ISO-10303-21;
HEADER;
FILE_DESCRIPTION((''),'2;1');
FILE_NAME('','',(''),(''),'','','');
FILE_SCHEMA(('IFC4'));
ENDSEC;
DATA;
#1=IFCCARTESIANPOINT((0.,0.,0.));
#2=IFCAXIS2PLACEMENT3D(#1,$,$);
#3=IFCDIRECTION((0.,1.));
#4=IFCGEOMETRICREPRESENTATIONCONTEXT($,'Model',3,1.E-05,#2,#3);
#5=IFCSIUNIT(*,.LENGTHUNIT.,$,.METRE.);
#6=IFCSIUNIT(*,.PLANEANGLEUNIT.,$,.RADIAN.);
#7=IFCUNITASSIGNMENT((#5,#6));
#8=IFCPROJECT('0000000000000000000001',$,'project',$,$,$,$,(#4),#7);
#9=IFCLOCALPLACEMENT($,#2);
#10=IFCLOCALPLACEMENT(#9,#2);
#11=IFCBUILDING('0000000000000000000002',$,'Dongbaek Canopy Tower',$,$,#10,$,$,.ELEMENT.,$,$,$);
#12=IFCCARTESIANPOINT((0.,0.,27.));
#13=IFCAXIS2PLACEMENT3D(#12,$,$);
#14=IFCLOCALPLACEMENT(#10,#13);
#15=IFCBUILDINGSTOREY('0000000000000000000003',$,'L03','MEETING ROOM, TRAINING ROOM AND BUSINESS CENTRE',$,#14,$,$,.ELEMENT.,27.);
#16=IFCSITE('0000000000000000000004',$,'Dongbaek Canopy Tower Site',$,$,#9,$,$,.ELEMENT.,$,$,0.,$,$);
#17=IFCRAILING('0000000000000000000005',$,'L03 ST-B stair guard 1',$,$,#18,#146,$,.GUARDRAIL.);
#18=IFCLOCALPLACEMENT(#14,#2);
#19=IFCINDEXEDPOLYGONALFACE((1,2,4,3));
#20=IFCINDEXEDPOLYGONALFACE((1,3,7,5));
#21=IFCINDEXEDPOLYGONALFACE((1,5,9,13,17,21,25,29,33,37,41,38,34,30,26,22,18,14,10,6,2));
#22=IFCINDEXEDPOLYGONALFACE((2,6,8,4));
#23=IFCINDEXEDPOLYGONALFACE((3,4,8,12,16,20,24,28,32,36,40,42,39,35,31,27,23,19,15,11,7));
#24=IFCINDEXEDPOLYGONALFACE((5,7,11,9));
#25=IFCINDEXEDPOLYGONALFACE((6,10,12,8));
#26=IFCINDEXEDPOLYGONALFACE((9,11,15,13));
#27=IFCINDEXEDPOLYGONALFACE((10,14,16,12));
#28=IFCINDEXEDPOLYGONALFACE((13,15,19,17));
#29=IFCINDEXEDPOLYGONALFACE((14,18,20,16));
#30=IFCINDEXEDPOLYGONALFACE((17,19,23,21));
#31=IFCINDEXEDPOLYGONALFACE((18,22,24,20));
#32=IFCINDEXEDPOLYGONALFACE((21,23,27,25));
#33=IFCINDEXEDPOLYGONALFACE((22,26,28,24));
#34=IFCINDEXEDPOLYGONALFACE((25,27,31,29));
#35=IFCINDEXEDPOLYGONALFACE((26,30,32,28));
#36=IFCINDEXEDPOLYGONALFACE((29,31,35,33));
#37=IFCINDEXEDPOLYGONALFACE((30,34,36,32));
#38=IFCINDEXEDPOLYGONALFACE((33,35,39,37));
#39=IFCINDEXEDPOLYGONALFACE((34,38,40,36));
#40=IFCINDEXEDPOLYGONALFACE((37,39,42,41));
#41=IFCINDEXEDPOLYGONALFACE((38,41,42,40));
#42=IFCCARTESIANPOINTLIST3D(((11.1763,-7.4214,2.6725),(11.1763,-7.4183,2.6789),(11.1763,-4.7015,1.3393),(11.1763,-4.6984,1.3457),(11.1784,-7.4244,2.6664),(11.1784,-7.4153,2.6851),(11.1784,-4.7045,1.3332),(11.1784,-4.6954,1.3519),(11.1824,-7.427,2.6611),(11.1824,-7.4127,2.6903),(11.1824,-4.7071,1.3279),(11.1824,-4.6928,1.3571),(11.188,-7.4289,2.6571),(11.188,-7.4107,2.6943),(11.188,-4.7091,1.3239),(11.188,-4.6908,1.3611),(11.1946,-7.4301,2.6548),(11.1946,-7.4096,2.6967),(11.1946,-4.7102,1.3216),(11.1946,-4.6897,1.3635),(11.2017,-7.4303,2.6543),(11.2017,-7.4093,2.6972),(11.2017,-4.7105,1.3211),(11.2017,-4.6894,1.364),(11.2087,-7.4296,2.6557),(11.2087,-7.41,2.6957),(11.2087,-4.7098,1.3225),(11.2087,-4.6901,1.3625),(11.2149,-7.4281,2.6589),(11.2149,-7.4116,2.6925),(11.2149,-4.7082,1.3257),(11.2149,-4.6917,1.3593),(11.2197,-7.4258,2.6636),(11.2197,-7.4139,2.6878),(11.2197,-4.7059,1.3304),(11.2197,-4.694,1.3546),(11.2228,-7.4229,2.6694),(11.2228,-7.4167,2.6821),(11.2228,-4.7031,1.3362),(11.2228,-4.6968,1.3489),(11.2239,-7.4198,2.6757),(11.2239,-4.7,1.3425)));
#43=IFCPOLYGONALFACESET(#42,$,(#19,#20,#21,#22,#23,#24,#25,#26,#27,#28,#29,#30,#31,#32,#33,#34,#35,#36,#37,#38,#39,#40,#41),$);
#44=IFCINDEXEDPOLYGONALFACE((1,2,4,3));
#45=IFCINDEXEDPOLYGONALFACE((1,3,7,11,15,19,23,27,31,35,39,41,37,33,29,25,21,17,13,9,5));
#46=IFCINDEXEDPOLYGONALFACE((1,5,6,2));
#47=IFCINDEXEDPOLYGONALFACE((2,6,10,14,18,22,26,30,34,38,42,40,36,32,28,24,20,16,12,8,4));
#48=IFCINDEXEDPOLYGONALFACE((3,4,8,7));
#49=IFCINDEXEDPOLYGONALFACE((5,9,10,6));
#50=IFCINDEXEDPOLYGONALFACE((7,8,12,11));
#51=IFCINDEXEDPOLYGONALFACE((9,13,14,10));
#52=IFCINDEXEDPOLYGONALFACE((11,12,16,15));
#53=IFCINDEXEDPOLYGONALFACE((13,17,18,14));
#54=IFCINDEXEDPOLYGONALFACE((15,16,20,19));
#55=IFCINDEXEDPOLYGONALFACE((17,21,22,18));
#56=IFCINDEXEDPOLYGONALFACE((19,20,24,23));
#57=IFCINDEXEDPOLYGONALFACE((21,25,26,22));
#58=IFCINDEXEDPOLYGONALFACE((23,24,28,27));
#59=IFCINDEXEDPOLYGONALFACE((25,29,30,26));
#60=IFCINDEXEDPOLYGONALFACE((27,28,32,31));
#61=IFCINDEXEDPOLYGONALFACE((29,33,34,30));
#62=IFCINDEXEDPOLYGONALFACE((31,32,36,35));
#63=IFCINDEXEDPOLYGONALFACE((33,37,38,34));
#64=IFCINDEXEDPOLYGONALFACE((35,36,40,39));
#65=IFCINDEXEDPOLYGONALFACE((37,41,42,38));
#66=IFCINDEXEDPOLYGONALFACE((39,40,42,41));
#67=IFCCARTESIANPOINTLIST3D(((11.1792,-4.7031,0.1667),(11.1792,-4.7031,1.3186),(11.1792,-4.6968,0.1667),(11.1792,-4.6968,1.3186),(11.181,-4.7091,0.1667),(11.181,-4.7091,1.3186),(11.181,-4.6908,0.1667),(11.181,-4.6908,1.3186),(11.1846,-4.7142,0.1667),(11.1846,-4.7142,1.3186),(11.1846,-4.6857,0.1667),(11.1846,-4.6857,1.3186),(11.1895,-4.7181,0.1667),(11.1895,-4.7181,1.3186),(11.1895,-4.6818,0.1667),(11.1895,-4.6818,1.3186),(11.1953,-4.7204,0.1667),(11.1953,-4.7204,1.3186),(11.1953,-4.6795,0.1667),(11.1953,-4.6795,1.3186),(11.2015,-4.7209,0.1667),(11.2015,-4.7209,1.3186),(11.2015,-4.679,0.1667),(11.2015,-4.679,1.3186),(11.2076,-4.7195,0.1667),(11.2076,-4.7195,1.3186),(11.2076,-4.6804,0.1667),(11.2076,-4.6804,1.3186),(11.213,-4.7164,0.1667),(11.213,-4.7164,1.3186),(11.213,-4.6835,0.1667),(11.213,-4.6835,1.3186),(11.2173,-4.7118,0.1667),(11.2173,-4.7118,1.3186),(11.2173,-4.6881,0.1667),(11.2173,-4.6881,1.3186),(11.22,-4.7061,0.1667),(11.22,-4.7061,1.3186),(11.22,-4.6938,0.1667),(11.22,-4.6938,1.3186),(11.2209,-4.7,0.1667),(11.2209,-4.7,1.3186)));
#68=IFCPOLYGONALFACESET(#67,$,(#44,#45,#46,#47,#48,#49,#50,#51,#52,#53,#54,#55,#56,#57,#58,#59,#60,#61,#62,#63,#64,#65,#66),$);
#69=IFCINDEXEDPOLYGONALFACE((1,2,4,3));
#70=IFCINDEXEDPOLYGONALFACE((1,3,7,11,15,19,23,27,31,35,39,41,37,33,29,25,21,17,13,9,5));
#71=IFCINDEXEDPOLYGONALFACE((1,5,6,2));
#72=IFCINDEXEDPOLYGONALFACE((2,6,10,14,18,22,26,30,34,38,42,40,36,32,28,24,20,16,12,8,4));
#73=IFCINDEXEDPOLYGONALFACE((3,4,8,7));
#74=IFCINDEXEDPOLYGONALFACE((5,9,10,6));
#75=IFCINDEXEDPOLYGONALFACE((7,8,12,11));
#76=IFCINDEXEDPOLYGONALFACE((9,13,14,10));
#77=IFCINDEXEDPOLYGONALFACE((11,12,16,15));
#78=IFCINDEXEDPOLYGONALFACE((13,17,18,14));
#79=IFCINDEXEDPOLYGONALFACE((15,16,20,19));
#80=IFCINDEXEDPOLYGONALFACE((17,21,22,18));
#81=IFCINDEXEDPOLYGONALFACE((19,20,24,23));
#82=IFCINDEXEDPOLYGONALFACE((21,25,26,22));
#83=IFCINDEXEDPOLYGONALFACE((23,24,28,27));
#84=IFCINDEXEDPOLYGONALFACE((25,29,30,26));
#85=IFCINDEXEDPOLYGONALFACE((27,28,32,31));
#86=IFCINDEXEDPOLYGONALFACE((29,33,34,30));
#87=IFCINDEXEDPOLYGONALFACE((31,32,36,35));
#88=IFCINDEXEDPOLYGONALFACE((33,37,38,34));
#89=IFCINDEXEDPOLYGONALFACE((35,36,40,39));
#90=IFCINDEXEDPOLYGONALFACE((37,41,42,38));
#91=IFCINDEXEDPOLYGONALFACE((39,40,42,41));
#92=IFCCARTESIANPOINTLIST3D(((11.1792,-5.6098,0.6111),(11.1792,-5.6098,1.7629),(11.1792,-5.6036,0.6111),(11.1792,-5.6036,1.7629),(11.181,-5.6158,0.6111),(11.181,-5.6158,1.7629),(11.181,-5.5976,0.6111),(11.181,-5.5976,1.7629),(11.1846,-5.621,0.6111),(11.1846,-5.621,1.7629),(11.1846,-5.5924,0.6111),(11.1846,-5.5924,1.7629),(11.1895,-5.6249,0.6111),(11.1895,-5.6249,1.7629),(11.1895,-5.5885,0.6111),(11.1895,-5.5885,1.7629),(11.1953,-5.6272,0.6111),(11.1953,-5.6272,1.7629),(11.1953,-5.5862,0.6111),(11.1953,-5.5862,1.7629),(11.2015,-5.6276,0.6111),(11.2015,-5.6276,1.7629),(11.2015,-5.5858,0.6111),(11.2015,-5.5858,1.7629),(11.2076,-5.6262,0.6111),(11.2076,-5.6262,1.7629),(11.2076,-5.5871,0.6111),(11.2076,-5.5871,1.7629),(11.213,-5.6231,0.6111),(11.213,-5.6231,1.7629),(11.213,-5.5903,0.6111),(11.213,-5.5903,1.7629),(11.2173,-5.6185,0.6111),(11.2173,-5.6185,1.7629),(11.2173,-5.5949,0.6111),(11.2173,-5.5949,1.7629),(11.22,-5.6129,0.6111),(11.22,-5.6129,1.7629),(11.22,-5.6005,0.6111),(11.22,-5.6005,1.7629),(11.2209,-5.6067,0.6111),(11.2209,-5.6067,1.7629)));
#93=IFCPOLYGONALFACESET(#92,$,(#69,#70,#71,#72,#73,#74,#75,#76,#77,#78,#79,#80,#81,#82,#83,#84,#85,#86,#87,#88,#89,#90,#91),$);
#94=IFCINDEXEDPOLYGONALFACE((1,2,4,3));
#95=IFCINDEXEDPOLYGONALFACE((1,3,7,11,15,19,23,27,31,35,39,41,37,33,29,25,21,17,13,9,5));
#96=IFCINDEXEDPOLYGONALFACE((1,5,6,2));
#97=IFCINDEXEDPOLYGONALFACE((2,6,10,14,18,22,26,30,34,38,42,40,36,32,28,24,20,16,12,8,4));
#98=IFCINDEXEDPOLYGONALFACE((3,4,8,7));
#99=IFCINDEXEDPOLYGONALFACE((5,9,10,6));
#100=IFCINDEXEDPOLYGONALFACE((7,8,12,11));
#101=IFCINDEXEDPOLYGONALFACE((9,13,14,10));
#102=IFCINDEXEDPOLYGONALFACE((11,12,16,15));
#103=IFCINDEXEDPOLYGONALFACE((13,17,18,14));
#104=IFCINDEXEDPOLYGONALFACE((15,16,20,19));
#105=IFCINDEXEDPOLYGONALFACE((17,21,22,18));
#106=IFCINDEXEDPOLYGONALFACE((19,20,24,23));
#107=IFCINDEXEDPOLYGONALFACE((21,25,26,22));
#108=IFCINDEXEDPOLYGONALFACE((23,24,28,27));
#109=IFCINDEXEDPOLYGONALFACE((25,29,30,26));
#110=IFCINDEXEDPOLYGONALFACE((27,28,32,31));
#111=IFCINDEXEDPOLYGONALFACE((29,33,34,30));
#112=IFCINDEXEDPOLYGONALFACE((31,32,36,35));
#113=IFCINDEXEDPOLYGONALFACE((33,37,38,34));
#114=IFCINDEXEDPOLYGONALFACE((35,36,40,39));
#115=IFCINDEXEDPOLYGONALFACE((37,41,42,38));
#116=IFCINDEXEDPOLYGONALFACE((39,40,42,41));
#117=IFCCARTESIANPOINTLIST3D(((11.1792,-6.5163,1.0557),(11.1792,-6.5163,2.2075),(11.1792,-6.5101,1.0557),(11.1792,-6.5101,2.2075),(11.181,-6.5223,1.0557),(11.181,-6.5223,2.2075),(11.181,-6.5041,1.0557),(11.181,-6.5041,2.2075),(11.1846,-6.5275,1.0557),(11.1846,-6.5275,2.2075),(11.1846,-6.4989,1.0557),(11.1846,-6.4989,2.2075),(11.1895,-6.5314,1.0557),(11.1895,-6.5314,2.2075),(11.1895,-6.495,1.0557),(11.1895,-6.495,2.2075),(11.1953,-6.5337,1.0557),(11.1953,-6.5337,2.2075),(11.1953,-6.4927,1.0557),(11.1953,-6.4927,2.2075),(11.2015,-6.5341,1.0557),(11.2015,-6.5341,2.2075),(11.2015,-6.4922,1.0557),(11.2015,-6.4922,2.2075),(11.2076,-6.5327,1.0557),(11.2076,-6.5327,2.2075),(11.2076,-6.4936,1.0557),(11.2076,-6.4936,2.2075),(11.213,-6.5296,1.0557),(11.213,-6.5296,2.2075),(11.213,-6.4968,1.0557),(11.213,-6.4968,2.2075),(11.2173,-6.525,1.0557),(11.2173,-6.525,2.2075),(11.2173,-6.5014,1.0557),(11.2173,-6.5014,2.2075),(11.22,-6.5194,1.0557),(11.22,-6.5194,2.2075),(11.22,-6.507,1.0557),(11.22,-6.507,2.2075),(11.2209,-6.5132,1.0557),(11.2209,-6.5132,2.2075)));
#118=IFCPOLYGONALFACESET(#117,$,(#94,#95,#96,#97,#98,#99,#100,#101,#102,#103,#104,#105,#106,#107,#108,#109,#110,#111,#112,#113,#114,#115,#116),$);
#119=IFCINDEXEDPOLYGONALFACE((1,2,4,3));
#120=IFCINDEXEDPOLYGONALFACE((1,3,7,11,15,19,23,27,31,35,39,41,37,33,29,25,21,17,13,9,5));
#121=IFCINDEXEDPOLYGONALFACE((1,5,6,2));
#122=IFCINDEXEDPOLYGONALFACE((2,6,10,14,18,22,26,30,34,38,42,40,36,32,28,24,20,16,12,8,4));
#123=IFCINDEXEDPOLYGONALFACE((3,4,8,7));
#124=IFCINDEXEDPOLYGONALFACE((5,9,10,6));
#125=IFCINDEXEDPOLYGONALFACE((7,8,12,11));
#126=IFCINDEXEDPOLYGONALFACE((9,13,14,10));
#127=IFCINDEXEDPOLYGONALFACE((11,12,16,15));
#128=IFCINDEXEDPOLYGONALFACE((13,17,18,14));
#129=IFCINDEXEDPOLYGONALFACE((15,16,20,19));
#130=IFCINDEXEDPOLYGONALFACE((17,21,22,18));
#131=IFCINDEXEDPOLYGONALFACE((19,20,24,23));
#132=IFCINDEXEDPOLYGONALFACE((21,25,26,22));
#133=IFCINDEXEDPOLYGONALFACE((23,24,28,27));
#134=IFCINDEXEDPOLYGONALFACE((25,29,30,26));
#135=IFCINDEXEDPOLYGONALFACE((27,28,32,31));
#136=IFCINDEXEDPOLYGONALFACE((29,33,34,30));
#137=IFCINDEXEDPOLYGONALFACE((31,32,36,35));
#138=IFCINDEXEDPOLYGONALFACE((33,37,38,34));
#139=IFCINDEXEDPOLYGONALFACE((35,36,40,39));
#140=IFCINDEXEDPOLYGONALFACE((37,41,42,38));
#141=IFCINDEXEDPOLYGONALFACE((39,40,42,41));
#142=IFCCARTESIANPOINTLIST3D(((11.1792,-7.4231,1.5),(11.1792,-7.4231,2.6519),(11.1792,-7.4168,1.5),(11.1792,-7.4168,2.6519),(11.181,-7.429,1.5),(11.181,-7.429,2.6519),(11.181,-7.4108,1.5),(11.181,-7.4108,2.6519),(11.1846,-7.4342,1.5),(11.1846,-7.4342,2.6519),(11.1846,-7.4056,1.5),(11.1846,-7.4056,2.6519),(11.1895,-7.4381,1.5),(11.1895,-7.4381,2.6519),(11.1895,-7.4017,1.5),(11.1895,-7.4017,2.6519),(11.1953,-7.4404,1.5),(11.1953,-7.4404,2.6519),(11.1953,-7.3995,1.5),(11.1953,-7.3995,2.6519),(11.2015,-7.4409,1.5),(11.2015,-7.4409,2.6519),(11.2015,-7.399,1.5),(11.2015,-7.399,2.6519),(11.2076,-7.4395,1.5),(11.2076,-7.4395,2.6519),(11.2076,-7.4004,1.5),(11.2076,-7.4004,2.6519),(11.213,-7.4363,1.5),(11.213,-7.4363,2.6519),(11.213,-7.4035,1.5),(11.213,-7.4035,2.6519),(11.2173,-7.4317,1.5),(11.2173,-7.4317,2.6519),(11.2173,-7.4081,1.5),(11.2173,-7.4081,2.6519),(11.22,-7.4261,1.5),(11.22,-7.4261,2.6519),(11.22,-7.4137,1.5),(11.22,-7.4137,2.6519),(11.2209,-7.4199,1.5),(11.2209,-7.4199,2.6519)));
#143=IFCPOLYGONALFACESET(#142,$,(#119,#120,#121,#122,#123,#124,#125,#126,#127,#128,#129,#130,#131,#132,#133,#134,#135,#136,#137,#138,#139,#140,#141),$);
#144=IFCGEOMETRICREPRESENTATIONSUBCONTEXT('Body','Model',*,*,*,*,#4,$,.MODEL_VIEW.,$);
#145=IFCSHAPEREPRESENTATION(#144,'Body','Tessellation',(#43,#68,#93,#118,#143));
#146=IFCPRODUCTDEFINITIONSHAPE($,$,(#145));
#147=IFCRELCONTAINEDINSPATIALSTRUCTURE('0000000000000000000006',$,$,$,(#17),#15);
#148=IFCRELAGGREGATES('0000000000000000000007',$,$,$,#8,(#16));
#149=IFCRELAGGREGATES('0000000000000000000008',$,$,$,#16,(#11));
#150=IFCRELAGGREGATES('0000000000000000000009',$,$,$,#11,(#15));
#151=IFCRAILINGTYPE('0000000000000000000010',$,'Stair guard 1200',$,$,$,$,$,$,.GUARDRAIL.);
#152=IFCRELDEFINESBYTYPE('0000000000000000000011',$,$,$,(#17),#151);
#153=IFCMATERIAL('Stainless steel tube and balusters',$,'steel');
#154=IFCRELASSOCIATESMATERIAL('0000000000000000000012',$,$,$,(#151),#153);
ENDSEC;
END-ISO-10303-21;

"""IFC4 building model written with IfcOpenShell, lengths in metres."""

from ifc_helpers import new_model, si_unit, direction, frame, origin, origin_2d, place, context, subcontext, project, spatial, circle, extrude, material, type_object, element, save


model = new_model("IFC4")

# Units and contexts
model_context = context("Model", 3, precision=1e-05, world=origin(), true_north=direction((0.0, 1.0)))
body_context = subcontext(model_context, "Body", "Model", "MODEL_VIEW")
ifc_project = project(units=[si_unit("LENGTHUNIT", "METRE"), si_unit("PLANEANGLEUNIT", "RADIAN")], contexts=[model_context])

# Site, building, storey
site_placement = place(None, origin())
site = spatial("IfcSite", under=ifc_project, at=site_placement, Name="Dongbaek Canopy Tower Site", CompositionType="ELEMENT", RefElevation=0.0)
building_placement = place(site_placement, origin())
building = spatial("IfcBuilding", under=site, at=building_placement, Name="Dongbaek Canopy Tower", CompositionType="ELEMENT")
storey_placement = place(building_placement, frame((0.0, 0.0, 27.0)))
storey = spatial("IfcBuildingStorey", under=building, at=storey_placement, Name="L03", Description="MEETING ROOM, TRAINING ROOM AND BUSINESS CENTRE", CompositionType="ELEMENT", Elevation=27.0)

# Railing
ifc_material_1 = material(Name="Stainless steel tube and balusters", Category="steel")
railing_type_1 = type_object("IfcRailingType", Name="Stair guard 1200", PredefinedType="GUARDRAIL", material=ifc_material_1)
railing_1_placement = place(storey_placement, frame((11.2, -4.7, 0.1667)))
element("IfcRailing", 1, at=railing_1_placement, inside=storey, type_object=railing_type_1, Name="L03 ST-B stair guard 1", PredefinedType="GUARDRAIL", context=body_context, shape_type="SweptSolid", body=[
    extrude(circle(Radius=0.0239, at=origin_2d()), frame((0.0, 0.0, 1.1758), z_axis=(0.0, -0.897929, 0.440139), x_axis=(1.0, 0.0, 0.0)), (0.0, 0.0, 1.0), 3.0291),
    extrude(circle(Radius=0.021, at=origin_2d()), origin(), (0.0, 0.0, 1.0), 1.1519),
    extrude(circle(Radius=0.021, at=origin_2d()), frame((0.0, -0.9067, 0.4443)), (0.0, 0.0, 1.0), 1.1519),
    extrude(circle(Radius=0.021, at=origin_2d()), frame((0.0, -1.8132, 0.8889)), (0.0, 0.0, 1.0), 1.1519),
    extrude(circle(Radius=0.021, at=origin_2d()), frame((0.0, -2.72, 1.3333)), (0.0, 0.0, 1.0), 1.1519),
])

save(model, "model.ifc")
